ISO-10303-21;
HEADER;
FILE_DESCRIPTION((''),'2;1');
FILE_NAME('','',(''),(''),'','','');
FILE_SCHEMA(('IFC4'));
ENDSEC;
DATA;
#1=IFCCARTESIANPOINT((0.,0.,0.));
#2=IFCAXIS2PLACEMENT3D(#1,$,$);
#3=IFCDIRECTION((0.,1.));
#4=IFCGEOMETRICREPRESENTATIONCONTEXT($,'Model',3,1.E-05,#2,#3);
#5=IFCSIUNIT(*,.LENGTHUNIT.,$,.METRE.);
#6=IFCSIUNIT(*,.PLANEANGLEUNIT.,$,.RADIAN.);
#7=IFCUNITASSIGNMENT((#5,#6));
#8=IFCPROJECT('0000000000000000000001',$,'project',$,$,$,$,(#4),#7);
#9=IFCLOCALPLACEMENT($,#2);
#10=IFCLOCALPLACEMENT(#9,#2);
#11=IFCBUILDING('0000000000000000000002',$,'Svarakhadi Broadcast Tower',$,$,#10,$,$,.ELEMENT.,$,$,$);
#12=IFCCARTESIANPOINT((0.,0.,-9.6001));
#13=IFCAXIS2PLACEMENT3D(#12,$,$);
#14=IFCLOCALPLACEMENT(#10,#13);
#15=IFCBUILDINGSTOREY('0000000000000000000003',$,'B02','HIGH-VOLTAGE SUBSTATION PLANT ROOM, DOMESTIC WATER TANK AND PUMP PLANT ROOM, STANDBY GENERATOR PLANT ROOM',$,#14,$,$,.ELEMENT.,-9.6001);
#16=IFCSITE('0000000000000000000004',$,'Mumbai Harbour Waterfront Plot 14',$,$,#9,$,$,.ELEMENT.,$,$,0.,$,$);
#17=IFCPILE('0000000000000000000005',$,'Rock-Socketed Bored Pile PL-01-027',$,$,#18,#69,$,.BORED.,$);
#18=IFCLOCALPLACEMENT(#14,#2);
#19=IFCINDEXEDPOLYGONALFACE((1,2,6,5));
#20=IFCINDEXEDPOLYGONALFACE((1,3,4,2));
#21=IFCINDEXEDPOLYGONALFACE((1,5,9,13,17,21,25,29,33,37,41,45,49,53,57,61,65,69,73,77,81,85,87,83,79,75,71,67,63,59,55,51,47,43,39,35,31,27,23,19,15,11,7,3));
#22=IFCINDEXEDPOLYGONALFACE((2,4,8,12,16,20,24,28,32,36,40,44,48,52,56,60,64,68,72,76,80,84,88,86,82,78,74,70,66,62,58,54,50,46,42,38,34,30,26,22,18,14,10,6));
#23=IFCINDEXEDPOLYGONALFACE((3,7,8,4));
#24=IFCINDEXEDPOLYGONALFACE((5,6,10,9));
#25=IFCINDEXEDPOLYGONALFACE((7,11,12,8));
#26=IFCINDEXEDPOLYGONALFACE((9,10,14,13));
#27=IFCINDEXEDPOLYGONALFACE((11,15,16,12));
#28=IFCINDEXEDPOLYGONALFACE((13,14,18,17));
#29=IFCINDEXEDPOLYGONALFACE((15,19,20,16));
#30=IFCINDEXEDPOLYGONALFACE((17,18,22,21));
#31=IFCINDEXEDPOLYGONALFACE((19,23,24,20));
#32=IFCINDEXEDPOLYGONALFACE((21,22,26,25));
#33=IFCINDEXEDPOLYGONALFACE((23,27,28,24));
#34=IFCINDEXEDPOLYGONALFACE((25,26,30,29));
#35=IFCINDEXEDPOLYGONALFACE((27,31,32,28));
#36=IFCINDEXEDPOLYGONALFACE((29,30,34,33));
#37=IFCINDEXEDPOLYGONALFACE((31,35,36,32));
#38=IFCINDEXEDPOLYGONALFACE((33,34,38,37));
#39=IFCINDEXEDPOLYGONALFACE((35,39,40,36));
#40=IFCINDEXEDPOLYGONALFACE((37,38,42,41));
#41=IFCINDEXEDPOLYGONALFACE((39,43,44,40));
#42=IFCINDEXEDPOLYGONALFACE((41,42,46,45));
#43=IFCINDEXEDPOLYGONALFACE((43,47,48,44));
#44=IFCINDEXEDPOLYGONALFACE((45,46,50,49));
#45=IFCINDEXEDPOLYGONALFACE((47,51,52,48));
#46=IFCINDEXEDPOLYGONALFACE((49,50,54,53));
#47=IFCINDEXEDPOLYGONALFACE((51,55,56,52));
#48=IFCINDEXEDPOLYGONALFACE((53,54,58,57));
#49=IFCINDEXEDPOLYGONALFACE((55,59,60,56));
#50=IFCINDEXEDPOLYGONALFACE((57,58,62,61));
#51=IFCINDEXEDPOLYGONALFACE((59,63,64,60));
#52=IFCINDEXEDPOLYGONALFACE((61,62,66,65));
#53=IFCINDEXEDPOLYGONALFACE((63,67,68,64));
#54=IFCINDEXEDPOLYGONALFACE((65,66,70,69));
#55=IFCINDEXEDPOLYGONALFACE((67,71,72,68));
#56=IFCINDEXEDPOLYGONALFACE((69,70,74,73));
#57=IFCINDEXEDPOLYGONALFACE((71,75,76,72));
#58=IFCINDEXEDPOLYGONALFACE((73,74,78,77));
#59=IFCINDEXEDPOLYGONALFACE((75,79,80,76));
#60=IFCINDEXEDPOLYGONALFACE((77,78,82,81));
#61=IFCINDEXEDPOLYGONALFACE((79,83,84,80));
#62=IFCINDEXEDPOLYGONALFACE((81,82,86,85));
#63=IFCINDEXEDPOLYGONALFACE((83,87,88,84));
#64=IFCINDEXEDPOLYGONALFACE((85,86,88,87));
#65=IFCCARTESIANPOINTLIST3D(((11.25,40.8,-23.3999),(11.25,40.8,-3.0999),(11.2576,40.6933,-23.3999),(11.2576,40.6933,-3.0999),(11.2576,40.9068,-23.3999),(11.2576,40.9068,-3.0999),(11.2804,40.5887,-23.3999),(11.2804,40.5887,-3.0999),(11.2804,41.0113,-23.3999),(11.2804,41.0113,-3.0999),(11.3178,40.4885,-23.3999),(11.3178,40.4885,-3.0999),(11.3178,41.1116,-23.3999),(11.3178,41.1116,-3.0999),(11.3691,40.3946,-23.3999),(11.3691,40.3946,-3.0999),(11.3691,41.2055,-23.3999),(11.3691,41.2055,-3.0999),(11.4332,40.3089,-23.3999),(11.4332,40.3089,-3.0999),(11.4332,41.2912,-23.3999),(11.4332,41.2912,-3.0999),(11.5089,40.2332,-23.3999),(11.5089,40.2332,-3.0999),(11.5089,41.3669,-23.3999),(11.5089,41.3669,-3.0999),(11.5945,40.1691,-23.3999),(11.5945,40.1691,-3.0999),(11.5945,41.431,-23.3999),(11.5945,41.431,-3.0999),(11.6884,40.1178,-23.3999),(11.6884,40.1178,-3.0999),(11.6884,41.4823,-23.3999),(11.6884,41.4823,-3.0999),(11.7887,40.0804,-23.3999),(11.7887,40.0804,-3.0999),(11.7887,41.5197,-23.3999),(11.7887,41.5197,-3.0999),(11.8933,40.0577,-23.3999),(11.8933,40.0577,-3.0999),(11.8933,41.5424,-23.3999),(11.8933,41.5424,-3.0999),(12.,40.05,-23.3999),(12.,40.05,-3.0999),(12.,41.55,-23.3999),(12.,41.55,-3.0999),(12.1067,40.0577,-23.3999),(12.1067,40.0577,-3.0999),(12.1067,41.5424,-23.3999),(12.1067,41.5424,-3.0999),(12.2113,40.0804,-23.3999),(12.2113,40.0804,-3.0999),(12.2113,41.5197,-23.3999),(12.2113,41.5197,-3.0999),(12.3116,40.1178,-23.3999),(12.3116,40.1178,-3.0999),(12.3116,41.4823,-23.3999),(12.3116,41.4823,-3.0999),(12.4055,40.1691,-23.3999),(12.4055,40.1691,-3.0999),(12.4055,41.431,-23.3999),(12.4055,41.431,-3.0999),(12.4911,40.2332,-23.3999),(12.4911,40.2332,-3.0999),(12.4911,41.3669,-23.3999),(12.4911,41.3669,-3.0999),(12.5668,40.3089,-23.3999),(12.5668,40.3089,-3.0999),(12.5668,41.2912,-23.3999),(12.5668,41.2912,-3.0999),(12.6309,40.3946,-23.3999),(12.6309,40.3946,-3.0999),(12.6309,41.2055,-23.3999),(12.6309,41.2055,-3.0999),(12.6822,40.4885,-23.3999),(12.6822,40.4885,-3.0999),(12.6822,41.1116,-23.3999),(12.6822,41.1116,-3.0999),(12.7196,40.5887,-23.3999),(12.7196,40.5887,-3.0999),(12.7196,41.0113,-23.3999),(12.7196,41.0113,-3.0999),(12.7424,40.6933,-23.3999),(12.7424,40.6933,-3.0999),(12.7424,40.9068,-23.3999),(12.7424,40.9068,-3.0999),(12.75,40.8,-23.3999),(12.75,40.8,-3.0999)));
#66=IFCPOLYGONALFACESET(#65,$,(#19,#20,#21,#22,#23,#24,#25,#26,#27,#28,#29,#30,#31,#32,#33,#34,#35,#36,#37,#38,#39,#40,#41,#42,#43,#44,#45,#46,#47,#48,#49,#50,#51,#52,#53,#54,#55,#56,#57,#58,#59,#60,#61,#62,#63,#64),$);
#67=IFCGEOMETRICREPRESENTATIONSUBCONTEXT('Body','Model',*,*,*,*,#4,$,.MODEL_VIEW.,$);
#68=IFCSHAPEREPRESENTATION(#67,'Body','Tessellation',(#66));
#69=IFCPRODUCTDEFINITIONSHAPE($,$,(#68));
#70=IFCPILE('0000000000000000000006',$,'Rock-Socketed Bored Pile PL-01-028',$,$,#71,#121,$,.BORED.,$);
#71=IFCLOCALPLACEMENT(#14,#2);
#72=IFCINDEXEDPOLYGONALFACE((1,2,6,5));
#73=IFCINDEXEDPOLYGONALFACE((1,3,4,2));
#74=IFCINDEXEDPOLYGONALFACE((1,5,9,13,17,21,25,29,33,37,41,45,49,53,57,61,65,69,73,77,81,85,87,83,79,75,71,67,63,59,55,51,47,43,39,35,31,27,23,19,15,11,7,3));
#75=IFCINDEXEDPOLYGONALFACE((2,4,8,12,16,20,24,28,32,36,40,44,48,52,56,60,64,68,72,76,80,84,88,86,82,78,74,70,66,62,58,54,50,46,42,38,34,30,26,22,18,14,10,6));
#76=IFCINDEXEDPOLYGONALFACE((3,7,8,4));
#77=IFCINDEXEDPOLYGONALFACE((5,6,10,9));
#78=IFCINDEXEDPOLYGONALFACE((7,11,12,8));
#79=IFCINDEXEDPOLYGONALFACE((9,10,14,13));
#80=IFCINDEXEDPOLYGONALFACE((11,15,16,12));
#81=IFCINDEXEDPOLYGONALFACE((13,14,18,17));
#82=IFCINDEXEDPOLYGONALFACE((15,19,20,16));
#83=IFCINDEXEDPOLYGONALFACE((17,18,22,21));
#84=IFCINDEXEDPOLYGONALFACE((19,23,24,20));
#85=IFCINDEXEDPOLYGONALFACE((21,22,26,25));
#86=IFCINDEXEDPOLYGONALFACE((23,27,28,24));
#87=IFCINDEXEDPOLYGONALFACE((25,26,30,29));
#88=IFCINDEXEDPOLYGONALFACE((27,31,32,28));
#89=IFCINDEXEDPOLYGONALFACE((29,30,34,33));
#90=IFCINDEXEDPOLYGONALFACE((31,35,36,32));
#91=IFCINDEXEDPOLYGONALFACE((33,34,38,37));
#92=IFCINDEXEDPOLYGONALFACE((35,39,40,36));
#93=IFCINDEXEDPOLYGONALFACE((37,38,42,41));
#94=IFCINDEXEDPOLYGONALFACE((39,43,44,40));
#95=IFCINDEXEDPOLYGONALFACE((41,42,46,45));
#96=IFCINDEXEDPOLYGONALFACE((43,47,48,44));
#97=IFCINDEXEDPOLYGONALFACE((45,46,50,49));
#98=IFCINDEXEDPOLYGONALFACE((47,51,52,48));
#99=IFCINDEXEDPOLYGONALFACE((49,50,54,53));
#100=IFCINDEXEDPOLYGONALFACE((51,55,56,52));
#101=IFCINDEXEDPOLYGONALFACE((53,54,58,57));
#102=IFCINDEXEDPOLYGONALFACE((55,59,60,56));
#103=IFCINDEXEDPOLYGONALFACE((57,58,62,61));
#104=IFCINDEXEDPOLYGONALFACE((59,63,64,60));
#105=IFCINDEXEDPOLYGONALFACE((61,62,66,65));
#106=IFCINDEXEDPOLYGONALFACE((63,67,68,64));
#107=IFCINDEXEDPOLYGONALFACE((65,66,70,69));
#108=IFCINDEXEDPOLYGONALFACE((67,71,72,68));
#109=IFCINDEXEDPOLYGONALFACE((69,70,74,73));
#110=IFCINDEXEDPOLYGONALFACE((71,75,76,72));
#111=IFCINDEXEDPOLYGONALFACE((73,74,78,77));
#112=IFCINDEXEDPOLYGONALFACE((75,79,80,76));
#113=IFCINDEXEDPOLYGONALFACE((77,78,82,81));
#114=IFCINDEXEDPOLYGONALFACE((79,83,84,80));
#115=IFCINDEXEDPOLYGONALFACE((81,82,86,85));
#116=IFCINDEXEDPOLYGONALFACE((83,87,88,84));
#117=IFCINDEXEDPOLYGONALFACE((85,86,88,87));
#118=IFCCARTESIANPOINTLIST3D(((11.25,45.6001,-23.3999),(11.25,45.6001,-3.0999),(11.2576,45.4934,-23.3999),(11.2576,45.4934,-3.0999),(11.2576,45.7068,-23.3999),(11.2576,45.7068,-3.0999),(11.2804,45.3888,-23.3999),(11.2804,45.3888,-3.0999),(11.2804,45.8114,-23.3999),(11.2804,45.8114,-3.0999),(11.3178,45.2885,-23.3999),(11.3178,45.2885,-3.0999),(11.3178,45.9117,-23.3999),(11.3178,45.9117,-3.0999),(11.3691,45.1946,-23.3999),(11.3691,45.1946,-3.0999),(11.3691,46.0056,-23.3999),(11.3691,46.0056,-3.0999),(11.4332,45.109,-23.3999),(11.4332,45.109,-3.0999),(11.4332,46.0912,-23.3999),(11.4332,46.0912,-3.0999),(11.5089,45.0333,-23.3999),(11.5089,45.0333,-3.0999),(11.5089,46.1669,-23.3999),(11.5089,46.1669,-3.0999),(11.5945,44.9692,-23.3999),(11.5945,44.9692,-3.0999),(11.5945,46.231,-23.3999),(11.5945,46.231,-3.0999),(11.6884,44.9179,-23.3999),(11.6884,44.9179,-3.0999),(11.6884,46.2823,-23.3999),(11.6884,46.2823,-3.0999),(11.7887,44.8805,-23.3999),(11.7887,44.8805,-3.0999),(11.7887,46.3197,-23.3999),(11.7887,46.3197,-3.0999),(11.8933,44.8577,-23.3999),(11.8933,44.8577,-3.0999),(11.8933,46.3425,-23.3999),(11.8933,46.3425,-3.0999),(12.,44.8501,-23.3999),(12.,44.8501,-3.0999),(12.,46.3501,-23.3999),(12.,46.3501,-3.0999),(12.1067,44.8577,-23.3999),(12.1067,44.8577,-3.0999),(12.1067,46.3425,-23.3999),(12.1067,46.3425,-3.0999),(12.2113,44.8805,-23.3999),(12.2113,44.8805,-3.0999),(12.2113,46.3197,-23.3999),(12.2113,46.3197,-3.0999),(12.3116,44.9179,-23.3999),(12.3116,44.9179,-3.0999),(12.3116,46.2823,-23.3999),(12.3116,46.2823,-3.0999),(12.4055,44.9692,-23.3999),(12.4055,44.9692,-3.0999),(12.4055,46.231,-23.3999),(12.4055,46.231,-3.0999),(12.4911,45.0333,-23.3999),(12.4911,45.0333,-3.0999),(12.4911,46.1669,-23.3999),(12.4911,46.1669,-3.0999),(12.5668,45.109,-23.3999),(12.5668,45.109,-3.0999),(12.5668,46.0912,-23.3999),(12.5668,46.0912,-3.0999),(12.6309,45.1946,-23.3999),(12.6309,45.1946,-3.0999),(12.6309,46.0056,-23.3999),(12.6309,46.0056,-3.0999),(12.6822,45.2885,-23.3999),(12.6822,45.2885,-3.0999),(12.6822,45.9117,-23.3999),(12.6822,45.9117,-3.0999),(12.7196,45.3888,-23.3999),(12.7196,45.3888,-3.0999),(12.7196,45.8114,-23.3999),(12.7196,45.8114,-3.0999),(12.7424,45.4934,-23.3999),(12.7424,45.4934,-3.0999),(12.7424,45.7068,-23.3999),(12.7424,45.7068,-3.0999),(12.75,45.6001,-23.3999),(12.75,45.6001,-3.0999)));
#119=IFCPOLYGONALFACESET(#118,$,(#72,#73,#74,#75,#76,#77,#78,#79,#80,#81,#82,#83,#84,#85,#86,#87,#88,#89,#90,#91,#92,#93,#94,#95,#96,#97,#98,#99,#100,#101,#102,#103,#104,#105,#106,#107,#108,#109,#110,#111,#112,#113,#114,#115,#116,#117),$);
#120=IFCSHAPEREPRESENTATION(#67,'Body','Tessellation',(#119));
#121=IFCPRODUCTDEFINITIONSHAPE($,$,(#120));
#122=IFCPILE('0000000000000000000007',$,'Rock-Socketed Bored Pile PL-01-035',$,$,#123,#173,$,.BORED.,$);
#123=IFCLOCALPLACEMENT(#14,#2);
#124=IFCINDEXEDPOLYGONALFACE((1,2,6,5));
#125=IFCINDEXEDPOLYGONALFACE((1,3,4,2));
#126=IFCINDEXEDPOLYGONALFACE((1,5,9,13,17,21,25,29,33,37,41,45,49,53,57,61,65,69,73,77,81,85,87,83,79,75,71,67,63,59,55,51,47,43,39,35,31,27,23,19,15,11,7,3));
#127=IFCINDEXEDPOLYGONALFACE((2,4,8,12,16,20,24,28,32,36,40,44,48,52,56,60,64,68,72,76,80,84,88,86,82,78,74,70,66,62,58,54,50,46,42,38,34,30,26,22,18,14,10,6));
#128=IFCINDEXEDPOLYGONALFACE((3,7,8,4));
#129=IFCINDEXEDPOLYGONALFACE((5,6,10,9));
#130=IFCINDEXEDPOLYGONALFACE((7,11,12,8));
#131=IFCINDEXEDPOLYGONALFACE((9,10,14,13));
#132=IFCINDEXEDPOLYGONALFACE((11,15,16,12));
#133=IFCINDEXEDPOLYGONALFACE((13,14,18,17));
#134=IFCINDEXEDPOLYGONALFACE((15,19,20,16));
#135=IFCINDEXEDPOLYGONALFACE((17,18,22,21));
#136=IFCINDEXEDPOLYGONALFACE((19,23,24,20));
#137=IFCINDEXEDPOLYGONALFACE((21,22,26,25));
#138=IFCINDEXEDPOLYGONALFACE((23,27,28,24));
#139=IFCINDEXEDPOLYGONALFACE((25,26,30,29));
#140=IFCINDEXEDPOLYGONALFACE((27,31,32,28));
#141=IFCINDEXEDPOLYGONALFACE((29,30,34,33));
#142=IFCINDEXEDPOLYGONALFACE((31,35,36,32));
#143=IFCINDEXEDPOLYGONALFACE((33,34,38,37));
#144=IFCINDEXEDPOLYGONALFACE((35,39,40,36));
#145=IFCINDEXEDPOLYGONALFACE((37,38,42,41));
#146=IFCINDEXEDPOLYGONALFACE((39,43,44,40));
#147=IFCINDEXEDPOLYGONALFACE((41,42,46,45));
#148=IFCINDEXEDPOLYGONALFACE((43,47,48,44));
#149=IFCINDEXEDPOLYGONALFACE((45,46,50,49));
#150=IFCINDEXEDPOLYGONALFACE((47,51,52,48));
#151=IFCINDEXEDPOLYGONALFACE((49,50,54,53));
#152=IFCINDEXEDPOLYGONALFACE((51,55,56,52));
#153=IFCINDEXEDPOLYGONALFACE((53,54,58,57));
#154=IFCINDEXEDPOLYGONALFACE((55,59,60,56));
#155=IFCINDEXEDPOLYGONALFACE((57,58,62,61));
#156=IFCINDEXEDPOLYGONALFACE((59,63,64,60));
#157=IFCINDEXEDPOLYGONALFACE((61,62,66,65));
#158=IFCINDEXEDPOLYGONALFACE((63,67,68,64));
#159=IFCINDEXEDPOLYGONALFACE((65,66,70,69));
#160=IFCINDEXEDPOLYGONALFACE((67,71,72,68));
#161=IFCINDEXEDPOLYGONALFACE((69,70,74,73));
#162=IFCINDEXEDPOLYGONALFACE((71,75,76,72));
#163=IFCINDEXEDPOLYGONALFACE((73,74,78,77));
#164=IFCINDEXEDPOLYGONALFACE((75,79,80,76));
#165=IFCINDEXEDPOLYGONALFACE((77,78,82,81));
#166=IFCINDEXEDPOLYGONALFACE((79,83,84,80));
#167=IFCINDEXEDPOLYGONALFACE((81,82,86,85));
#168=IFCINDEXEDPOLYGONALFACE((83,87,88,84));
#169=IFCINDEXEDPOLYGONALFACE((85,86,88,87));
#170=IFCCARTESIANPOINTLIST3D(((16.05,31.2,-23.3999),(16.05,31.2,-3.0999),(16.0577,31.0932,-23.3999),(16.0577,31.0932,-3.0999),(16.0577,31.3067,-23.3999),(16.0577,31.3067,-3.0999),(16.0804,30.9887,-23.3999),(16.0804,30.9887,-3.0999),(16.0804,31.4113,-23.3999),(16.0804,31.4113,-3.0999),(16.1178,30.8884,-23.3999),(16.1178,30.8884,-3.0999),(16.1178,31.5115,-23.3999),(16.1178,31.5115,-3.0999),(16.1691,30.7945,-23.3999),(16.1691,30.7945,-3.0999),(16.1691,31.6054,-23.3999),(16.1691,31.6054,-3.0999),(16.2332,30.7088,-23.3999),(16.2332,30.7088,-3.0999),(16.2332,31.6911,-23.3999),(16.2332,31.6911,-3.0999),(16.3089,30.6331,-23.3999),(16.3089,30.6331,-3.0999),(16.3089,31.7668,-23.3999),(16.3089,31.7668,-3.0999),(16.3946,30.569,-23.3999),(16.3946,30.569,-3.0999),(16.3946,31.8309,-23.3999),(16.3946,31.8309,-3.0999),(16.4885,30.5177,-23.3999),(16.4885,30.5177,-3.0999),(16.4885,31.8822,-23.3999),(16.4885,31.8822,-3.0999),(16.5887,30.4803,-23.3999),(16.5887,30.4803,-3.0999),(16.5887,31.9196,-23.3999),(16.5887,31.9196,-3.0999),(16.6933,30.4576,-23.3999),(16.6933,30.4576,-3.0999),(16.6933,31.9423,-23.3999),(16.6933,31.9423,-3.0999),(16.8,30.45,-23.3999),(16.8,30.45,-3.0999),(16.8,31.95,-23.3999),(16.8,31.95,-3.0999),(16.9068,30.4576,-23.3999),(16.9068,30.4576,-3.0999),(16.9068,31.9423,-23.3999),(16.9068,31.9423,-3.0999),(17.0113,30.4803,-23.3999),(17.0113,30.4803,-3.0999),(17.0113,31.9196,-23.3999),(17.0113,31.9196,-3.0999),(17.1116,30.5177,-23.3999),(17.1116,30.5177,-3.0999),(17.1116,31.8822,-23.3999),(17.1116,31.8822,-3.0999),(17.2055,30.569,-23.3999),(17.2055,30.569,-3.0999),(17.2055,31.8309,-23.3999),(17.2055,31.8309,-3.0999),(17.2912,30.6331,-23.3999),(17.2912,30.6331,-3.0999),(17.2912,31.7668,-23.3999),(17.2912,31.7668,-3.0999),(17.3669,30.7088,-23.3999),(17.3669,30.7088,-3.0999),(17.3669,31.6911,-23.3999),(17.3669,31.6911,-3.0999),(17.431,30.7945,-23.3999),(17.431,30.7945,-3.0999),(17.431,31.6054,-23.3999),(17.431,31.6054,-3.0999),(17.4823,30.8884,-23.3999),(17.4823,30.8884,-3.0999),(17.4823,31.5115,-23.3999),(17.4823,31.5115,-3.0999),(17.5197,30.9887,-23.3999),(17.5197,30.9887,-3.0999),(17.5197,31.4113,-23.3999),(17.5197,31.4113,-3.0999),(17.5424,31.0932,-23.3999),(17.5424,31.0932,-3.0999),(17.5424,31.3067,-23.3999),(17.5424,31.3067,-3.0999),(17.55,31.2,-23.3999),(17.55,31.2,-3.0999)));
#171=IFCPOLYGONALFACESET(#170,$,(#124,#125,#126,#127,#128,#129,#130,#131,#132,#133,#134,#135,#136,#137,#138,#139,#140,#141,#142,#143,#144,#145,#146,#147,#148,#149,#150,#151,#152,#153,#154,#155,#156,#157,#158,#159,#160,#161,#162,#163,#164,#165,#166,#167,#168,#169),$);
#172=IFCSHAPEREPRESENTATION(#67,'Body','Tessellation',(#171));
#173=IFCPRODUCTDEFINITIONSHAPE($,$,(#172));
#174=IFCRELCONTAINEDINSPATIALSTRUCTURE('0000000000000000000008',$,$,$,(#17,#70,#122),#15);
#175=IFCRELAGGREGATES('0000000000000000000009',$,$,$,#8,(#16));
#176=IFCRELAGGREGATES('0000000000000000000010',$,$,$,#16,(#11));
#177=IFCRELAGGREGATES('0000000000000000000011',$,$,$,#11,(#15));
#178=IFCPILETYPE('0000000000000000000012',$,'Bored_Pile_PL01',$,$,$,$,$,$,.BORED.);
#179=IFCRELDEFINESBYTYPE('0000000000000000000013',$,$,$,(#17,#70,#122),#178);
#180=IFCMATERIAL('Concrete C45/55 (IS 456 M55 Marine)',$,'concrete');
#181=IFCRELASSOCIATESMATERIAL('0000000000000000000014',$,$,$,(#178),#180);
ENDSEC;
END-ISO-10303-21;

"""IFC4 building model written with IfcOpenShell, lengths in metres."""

from ifc_helpers import new_model, si_unit, direction, frame, origin, origin_2d, place, context, subcontext, project, spatial, circle, extrude, material, material_profile, profile_set, type_object, element, save


model = new_model("IFC4")

# Units and contexts
model_context = context("Model", 3, precision=1e-05, world=origin(), true_north=direction((0.0, 1.0)))
body_context = subcontext(model_context, "Body", "Model", "MODEL_VIEW")
ifc_project = project(units=[si_unit("LENGTHUNIT", "METRE"), si_unit("PLANEANGLEUNIT", "RADIAN")], contexts=[model_context])

# Site, building, storey
site_placement = place(None, origin())
site = spatial("IfcSite", under=ifc_project, at=site_placement, Name="Mumbai Harbour Waterfront Plot 14", CompositionType="ELEMENT", RefElevation=0.0)
building_placement = place(site_placement, origin())
building = spatial("IfcBuilding", under=site, at=building_placement, Name="Svarakhadi Broadcast Tower", CompositionType="ELEMENT")
storey_placement = place(building_placement, frame((0.0, 0.0, -9.6001)))
storey = spatial("IfcBuildingStorey", under=building, at=storey_placement, Name="B02", Description="HIGH-VOLTAGE SUBSTATION PLANT ROOM, DOMESTIC WATER TANK AND PUMP PLANT ROOM, STANDBY GENERATOR PLANT ROOM", CompositionType="ELEMENT", Elevation=-9.6001)

# Piles
ifc_material_1 = material(Name="Concrete C45/55 (IS 456 M55 Marine)", Category="concrete")
ifc_material_profile_1 = material_profile(ifc_material_1, circle(Radius=0.75, at=origin_2d()), Name="PILE D1500")
ifc_profile_set_1 = profile_set([ifc_material_profile_1], Name="Concrete C45/55 (IS 456 M55 Marine)")
pile_type = type_object("IfcPileType", Name="Bored_Pile_PL01", PredefinedType="BORED", material=ifc_profile_set_1)
for number, where, z_axis, x_axis, name in (
    (1, (12.0, 40.8, -3.0999), (0.0, 0.0, -1.0), (1.0, 0.0, 0.0), "Rock-Socketed Bored Pile PL-01-027"),
    (2, (12.0, 45.6001, -3.0999), (0.0, 0.0, -1.0), (1.0, 0.0, 0.0), "Rock-Socketed Bored Pile PL-01-028"),
    (3, (16.8, 31.2, -3.0999), (0.0, 0.0, -1.0), (1.0, 0.0, 0.0), "Rock-Socketed Bored Pile PL-01-035"),
):
    element("IfcPile", number, at=place(storey_placement, frame(where, z_axis=z_axis, x_axis=x_axis)), inside=storey, type_object=pile_type, Name=name, PredefinedType="BORED", context=body_context, shape_type="SweptSolid", body=[
        extrude(circle(Radius=0.75, at=origin_2d()), origin(), (0.0, 0.0, 1.0), 20.3),
    ])

save(model, "model.ifc")
